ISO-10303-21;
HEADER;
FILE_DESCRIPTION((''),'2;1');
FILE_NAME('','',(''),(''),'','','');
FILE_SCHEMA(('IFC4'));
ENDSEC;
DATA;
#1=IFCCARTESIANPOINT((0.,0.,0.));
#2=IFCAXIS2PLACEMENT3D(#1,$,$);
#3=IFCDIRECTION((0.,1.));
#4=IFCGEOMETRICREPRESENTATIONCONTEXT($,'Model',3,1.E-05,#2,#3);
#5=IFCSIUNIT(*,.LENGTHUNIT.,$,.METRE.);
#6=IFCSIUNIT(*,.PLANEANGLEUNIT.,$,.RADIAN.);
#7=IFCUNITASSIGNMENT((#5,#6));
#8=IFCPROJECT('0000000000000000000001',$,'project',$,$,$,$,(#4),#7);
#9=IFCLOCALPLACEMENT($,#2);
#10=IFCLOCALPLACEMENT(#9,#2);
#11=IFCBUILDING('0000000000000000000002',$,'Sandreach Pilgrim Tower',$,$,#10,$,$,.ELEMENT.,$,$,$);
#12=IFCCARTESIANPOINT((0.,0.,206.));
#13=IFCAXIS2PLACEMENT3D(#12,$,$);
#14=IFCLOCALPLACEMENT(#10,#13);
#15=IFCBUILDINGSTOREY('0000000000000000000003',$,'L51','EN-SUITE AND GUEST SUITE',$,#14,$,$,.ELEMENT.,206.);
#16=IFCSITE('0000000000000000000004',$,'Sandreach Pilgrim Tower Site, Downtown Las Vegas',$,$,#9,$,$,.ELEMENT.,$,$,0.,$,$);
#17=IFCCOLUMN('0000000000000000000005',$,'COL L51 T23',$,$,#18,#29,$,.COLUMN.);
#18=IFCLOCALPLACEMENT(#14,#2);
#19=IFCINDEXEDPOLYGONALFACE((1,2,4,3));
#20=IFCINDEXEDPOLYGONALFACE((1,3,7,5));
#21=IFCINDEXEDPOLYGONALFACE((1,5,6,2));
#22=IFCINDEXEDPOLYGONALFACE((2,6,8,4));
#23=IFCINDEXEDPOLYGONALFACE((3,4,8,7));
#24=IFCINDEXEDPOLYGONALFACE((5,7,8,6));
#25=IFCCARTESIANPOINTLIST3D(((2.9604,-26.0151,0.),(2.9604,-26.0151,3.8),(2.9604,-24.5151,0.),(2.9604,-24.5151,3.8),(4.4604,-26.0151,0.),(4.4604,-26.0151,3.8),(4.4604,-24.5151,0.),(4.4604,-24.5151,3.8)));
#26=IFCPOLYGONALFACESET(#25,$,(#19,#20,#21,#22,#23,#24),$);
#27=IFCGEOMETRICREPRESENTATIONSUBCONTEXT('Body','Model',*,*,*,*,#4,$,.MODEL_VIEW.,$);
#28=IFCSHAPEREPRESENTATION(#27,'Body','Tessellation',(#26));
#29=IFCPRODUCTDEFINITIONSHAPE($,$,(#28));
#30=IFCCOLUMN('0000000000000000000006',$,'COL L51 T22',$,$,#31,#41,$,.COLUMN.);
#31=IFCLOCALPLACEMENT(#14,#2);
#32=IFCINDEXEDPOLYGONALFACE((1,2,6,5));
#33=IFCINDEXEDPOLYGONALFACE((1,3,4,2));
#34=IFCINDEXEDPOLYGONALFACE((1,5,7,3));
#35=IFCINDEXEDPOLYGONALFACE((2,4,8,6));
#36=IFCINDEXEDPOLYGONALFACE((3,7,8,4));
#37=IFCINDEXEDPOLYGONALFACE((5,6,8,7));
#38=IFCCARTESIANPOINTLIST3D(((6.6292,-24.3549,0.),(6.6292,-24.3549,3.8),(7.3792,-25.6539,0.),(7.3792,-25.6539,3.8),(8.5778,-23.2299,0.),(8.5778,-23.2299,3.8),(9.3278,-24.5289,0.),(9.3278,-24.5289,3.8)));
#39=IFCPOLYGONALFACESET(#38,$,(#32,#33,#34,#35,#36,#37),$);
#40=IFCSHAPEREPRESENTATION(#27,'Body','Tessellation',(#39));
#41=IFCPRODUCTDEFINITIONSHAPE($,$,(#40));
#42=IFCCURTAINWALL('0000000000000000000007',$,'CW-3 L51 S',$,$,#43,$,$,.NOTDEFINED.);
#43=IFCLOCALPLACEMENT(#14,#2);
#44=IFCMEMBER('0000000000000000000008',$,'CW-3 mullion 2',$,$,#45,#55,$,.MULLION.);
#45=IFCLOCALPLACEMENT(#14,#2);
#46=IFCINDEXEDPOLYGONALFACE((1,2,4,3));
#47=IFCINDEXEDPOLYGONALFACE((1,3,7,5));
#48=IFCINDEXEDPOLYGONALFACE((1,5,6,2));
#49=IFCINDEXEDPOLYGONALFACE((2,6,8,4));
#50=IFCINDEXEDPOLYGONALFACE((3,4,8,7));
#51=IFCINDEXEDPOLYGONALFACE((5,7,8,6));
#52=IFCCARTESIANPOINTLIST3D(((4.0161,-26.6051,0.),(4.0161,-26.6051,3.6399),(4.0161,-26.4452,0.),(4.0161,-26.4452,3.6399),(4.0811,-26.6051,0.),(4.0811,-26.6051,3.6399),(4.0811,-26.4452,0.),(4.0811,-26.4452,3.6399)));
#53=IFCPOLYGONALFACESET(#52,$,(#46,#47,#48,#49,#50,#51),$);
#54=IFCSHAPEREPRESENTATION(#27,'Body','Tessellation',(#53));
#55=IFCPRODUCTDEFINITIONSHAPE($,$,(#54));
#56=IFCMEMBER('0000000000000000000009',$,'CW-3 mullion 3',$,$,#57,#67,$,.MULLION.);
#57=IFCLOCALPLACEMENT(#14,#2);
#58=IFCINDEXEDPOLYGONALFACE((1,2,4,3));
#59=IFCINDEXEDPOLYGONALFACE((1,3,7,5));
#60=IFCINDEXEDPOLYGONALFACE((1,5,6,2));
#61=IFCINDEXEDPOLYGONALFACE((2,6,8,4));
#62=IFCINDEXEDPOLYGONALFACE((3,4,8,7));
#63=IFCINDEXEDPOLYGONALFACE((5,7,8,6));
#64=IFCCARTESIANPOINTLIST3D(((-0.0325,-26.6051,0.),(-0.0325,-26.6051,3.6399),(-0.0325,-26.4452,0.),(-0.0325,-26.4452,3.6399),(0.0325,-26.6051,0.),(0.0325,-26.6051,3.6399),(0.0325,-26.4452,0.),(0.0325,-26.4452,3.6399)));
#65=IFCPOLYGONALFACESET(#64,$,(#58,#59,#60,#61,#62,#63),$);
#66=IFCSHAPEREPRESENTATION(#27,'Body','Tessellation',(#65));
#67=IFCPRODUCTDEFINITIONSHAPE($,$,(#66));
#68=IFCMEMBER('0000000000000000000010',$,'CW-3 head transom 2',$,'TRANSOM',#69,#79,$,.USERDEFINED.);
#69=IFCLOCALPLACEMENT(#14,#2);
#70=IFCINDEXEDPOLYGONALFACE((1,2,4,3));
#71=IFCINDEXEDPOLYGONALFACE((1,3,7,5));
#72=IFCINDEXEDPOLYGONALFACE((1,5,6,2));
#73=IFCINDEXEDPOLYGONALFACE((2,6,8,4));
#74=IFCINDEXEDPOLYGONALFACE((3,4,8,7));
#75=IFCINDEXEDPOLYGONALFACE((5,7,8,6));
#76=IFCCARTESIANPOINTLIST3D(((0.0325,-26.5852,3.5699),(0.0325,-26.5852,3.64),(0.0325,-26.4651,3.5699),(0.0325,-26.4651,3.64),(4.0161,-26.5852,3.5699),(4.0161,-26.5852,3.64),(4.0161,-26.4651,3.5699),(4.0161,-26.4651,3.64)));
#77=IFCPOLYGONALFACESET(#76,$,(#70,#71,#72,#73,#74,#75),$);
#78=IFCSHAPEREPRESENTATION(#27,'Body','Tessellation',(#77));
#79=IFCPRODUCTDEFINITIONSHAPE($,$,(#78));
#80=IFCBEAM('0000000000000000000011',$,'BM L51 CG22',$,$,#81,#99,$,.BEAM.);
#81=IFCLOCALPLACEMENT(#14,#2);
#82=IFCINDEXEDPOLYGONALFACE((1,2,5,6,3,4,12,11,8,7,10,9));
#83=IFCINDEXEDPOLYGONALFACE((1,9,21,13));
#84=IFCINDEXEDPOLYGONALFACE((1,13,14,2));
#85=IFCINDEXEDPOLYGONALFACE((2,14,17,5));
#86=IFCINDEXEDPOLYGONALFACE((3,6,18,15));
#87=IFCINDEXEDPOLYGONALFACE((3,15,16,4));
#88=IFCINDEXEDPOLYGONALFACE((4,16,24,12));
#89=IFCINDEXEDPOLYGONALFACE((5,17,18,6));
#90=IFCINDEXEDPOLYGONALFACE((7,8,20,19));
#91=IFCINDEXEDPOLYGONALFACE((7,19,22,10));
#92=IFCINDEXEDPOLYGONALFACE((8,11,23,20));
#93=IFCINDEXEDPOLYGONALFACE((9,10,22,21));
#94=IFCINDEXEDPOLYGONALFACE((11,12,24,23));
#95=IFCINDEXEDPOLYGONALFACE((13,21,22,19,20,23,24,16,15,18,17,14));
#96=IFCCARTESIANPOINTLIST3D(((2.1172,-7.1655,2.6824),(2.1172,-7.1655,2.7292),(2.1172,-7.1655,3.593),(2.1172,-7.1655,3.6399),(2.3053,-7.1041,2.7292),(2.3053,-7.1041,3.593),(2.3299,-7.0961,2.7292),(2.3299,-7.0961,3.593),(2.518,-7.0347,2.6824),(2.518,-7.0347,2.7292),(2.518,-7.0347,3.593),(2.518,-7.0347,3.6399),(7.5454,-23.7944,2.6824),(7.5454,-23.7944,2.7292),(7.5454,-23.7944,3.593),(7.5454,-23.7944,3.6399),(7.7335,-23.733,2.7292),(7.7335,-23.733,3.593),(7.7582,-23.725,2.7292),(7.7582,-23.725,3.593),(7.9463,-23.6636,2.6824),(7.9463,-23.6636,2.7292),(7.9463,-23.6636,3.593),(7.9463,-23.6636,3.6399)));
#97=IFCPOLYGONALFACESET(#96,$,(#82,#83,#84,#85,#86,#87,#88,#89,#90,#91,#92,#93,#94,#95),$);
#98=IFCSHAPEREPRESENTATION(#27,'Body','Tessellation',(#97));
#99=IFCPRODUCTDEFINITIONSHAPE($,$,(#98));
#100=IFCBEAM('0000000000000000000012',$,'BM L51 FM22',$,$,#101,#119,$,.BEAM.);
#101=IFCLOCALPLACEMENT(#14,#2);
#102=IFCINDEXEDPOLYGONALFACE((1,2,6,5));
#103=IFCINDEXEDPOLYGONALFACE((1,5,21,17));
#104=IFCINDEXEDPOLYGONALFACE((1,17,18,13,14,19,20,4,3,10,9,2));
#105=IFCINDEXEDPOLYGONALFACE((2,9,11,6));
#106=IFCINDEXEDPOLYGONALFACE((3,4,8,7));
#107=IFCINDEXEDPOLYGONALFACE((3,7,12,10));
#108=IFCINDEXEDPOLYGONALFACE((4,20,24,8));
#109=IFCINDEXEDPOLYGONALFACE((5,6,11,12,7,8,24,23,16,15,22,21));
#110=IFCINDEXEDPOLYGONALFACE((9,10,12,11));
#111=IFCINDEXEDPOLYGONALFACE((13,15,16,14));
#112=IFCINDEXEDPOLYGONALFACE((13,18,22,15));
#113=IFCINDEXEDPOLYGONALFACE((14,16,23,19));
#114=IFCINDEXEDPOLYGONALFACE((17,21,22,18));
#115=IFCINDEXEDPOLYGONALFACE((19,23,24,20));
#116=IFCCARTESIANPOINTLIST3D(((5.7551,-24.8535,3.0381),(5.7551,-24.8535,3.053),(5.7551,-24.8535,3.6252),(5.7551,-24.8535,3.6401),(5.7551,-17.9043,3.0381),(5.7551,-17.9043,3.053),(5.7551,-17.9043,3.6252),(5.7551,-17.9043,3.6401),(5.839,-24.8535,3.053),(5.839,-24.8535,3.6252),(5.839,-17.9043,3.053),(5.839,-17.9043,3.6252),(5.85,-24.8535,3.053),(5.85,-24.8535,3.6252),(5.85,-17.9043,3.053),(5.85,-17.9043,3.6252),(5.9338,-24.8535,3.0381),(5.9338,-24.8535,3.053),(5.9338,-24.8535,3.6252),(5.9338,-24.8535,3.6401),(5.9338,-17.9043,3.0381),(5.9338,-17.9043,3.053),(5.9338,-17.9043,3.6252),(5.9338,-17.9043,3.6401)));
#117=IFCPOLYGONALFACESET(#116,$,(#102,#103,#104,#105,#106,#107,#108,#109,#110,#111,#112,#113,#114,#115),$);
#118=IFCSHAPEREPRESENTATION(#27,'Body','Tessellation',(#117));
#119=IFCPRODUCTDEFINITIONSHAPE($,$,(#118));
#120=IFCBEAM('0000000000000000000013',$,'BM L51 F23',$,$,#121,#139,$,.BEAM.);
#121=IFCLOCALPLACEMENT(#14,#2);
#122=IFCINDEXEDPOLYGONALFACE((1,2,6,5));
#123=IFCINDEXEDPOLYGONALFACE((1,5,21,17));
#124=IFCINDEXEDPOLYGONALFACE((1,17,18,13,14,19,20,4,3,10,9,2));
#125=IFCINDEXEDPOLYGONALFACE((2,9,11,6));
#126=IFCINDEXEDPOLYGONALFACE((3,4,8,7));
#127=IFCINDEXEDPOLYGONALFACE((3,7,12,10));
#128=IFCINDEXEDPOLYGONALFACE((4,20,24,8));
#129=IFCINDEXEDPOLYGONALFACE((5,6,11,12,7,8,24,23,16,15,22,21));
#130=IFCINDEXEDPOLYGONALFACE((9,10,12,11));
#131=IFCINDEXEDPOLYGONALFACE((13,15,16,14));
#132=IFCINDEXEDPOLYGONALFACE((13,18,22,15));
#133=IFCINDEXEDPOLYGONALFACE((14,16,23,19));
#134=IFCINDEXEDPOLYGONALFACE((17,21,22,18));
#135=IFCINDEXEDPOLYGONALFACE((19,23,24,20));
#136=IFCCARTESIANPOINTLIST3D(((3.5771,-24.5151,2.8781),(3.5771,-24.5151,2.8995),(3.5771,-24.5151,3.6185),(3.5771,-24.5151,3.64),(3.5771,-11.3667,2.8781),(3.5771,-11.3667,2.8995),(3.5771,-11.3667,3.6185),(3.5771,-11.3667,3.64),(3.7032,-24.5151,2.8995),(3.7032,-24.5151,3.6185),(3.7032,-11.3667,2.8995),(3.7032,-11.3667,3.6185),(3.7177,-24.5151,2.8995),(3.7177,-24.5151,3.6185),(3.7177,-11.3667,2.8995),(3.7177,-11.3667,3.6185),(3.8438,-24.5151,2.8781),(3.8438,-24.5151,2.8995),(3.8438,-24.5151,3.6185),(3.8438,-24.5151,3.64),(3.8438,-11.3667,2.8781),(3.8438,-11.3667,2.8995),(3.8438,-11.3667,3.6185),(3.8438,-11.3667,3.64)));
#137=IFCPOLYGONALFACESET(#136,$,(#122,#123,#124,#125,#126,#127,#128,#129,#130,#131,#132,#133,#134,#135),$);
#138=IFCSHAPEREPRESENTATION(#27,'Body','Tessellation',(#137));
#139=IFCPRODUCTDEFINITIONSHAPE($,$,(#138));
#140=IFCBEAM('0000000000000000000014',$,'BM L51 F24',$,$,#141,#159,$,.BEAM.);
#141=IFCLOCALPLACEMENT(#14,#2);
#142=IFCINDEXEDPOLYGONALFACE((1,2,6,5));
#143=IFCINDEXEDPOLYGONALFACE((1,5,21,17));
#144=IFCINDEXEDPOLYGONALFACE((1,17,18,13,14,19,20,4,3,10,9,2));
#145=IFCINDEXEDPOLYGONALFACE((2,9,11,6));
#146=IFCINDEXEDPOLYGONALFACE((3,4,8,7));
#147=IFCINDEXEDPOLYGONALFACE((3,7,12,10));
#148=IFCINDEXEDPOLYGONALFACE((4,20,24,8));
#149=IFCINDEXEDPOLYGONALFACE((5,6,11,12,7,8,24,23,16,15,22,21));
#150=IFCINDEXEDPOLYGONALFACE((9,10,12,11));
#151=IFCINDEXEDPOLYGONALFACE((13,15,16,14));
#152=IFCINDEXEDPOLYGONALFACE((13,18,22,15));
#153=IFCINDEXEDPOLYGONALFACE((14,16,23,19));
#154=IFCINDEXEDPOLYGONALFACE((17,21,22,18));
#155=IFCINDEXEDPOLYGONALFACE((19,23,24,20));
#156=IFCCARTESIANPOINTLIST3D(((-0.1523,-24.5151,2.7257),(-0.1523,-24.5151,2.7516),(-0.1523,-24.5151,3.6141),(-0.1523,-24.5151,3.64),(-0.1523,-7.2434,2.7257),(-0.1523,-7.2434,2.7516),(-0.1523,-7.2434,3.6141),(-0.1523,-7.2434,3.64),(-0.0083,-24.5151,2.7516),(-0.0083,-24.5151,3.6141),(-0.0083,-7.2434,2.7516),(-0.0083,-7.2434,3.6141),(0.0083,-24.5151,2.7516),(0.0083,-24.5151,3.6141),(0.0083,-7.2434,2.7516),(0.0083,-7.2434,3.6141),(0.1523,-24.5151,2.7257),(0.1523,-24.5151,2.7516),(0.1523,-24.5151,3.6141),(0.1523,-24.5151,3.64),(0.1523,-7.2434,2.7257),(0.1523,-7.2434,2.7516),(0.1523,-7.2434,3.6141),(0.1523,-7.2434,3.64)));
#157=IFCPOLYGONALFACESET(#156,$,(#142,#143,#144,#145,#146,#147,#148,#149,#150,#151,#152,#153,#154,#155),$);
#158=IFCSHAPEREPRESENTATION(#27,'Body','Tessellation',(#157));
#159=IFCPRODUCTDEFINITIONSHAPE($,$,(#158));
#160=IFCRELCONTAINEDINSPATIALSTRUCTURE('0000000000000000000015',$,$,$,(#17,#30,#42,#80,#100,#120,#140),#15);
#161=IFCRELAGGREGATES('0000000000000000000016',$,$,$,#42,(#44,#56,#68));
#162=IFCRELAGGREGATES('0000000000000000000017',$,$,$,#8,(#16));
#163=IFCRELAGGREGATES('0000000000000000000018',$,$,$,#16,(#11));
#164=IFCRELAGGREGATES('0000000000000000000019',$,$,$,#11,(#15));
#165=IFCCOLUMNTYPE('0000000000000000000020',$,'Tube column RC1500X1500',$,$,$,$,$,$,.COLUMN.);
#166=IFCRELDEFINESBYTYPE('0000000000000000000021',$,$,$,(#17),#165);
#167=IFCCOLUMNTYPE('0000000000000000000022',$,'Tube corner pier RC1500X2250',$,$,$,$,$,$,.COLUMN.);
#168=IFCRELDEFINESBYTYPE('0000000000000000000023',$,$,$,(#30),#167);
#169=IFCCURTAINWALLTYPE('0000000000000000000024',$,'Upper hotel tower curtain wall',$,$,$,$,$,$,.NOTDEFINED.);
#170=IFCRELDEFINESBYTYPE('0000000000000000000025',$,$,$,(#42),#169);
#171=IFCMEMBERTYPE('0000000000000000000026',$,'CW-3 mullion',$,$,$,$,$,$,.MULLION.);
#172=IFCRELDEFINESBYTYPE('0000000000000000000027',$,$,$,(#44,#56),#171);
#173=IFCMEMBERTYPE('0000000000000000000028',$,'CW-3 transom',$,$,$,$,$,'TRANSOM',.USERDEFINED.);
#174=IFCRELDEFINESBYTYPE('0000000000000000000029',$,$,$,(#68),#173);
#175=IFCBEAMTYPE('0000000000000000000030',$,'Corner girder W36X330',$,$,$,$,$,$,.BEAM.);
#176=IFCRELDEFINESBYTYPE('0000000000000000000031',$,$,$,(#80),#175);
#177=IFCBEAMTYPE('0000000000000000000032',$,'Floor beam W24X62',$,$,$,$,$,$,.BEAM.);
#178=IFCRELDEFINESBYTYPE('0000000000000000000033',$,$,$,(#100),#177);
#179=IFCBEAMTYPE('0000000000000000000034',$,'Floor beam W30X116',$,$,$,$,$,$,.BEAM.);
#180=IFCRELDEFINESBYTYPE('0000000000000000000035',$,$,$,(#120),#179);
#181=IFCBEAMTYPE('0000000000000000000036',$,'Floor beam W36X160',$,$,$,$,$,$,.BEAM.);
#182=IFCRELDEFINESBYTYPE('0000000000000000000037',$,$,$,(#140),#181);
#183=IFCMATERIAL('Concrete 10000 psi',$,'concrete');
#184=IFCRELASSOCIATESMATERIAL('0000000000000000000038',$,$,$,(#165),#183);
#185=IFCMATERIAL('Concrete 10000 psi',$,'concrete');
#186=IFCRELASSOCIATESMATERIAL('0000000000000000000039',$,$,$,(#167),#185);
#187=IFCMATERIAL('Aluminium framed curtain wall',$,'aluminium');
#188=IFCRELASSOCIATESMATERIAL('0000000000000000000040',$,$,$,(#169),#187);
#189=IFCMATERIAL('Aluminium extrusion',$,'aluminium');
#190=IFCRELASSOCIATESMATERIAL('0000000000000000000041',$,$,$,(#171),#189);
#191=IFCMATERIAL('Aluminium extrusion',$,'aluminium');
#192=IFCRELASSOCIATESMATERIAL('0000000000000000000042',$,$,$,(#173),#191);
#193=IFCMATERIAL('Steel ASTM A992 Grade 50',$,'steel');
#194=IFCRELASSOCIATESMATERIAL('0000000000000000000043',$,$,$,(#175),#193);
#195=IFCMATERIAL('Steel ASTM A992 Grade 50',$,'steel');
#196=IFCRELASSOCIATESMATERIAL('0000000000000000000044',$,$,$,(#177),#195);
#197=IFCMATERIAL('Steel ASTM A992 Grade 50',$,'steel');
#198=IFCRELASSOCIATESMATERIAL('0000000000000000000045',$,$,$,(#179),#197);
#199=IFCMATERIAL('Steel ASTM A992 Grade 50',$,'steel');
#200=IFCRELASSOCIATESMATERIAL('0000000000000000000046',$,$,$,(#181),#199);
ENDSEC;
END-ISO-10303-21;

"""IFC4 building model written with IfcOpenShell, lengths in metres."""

from ifc_helpers import new_model, si_unit, direction, frame, origin, origin_2d, place, context, subcontext, project, spatial, rectangle, i_section, extrude, material, material_profile, profile_set, type_object, element, aggregate, save


model = new_model("IFC4")

# Units and contexts
model_context = context("Model", 3, precision=1e-05, world=origin(), true_north=direction((0.0, 1.0)))
body_context = subcontext(model_context, "Body", "Model", "MODEL_VIEW")
ifc_project = project(units=[si_unit("LENGTHUNIT", "METRE"), si_unit("PLANEANGLEUNIT", "RADIAN")], contexts=[model_context])

# Site, building, storey
site_placement = place(None, origin())
site = spatial("IfcSite", under=ifc_project, at=site_placement, Name="Sandreach Pilgrim Tower Site, Downtown Las Vegas", CompositionType="ELEMENT", RefElevation=0.0)
building_placement = place(site_placement, origin())
building = spatial("IfcBuilding", under=site, at=building_placement, Name="Sandreach Pilgrim Tower", CompositionType="ELEMENT")
storey_placement = place(building_placement, frame((0.0, 0.0, 206.0)))
storey = spatial("IfcBuildingStorey", under=building, at=storey_placement, Name="L51", Description="EN-SUITE AND GUEST SUITE", CompositionType="ELEMENT", Elevation=206.0)

# Columns
ifc_material_1 = material(Name="Concrete 10000 psi", Category="concrete")
ifc_material_profile_1 = material_profile(ifc_material_1, rectangle(XDim=1.5, YDim=1.5, at=origin_2d()), Name="RC1500X1500")
ifc_profile_set_1 = profile_set([ifc_material_profile_1], Name="Concrete 10000 psi")
column_type_1 = type_object("IfcColumnType", Name="Tube column RC1500X1500", PredefinedType="COLUMN", material=ifc_profile_set_1)
column_1_placement = place(storey_placement, frame((3.7104, -25.2651, 0.0), z_axis=(0.0, 0.0, 1.0), x_axis=(0.0, -1.0, 0.0)))
element("IfcColumn", 1, at=column_1_placement, inside=storey, type_object=column_type_1, Name="COL L51 T23", PredefinedType="COLUMN", context=body_context, shape_type="SweptSolid", body=[
    extrude(rectangle(XDim=1.5, YDim=1.5, at=origin_2d()), origin(), (0.0, 0.0, 1.0), 3.8),
])
ifc_material_2 = material(Name="Concrete 10000 psi", Category="concrete")
ifc_material_profile_2 = material_profile(ifc_material_2, rectangle(XDim=1.5, YDim=2.25, at=origin_2d()), Name="RC1500X2250")
ifc_profile_set_2 = profile_set([ifc_material_profile_2], Name="Concrete 10000 psi")
column_type_2 = type_object("IfcColumnType", Name="Tube corner pier RC1500X2250", PredefinedType="COLUMN", material=ifc_profile_set_2)
column_2_placement = place(storey_placement, frame((7.9785, -24.4419, 0.0), z_axis=(0.0, 0.0, 1.0), x_axis=(0.5, -0.866025, 0.0)))
element("IfcColumn", 2, at=column_2_placement, inside=storey, type_object=column_type_2, Name="COL L51 T22", PredefinedType="COLUMN", context=body_context, shape_type="SweptSolid", body=[
    extrude(rectangle(XDim=1.5, YDim=2.25, at=origin_2d()), origin(), (0.0, 0.0, 1.0), 3.8),
])

# Curtain wall, members
ifc_material_3 = material(Name="Aluminium framed curtain wall", Category="aluminium")
curtain_wall_type = type_object("IfcCurtainWallType", Name="Upper hotel tower curtain wall", PredefinedType="NOTDEFINED", material=ifc_material_3)
curtain_wall_placement = place(storey_placement, origin())
curtain_wall = element("IfcCurtainWall", 3, at=curtain_wall_placement, inside=storey, type_object=curtain_wall_type, Name="CW-3 L51 S", PredefinedType="NOTDEFINED")
ifc_material_4 = material(Name="Aluminium extrusion", Category="aluminium")
ifc_material_profile_3 = material_profile(ifc_material_4, rectangle(XDim=0.0649, YDim=0.1599, at=origin_2d()), Name="CW-3M 65X160")
ifc_profile_set_3 = profile_set([ifc_material_profile_3], Name="Aluminium extrusion")
member_type_1 = type_object("IfcMemberType", Name="CW-3 mullion", PredefinedType="MULLION", material=ifc_profile_set_3)
member_1_placement = place(storey_placement, frame((4.0486, -26.5251, 0.0), z_axis=(0.0, 0.0, 1.0), x_axis=(-1.0, 0.0, 0.0)))
member_1 = element("IfcMember", 4, at=member_1_placement, type_object=member_type_1, Name="CW-3 mullion 2", PredefinedType="MULLION", context=body_context, shape_type="SweptSolid", body=[
    extrude(rectangle(XDim=0.0649, YDim=0.1599, at=origin_2d()), origin(), (0.0, 0.0, 1.0), 3.6399),
])
member_2_placement = place(storey_placement, frame((0.0, -26.5251, 0.0), z_axis=(0.0, 0.0, 1.0), x_axis=(-1.0, 0.0, 0.0)))
member_2 = element("IfcMember", 5, at=member_2_placement, type_object=member_type_1, Name="CW-3 mullion 3", PredefinedType="MULLION", context=body_context, shape_type="SweptSolid", body=[
    extrude(rectangle(XDim=0.0649, YDim=0.1599, at=origin_2d()), origin(), (0.0, 0.0, 1.0), 3.6399),
])
ifc_material_5 = material(Name="Aluminium extrusion", Category="aluminium")
ifc_material_profile_4 = material_profile(ifc_material_5, rectangle(XDim=0.1201, YDim=0.0701, at=origin_2d()), Name="CW-3T 120X70")
ifc_profile_set_4 = profile_set([ifc_material_profile_4], Name="Aluminium extrusion")
member_type_2 = type_object("IfcMemberType", Name="CW-3 transom", ElementType="TRANSOM", PredefinedType="USERDEFINED", material=ifc_profile_set_4)
member_3_placement = place(storey_placement, frame((4.0161, -26.5251, 3.605), z_axis=(-1.0, 0.0, 0.0), x_axis=(0.0, -1.0, 0.0)))
member_3 = element("IfcMember", 6, at=member_3_placement, type_object=member_type_2, Name="CW-3 head transom 2", ObjectType="TRANSOM", PredefinedType="USERDEFINED", context=body_context, shape_type="SweptSolid", body=[
    extrude(rectangle(XDim=0.1201, YDim=0.0701, at=origin_2d()), origin(), (0.0, 0.0, 1.0), 3.9836),
])

# Beams
ifc_material_6 = material(Name="Steel ASTM A992 Grade 50", Category="steel")
ifc_material_profile_5 = material_profile(ifc_material_6, i_section(OverallWidth=0.4216, OverallDepth=0.9575, WebThickness=0.0259, FlangeThickness=0.0469, at=origin_2d()), Name="W36X330")
ifc_profile_set_5 = profile_set([ifc_material_profile_5], Name="Steel ASTM A992 Grade 50")
beam_type_1 = type_object("IfcBeamType", Name="Corner girder W36X330", PredefinedType="BEAM", material=ifc_profile_set_5)
beam_1_placement = place(storey_placement, frame((7.7458, -23.729, 3.1611), z_axis=(-0.310318, 0.950633, 0.0), x_axis=(-0.950633, -0.310318, 0.0)))
element("IfcBeam", 7, at=beam_1_placement, inside=storey, type_object=beam_type_1, Name="BM L51 CG22", PredefinedType="BEAM", context=body_context, shape_type="SweptSolid", body=[
    extrude(i_section(OverallWidth=0.4216, OverallDepth=0.9575, WebThickness=0.0259, FlangeThickness=0.0469, at=origin_2d()), origin(), (0.0, 0.0, 1.0), 17.4924),
])
ifc_material_7 = material(Name="Steel ASTM A992 Grade 50", Category="steel")
ifc_material_profile_6 = material_profile(ifc_material_7, i_section(OverallWidth=0.1787, OverallDepth=0.6021, WebThickness=0.011, FlangeThickness=0.0149, at=origin_2d()), Name="W24X62")
ifc_profile_set_6 = profile_set([ifc_material_profile_6], Name="Steel ASTM A992 Grade 50")
beam_type_2 = type_object("IfcBeamType", Name="Floor beam W24X62", PredefinedType="BEAM", material=ifc_profile_set_6)
beam_2_placement = place(storey_placement, frame((5.8445, -24.8535, 3.3391), z_axis=(0.0, 1.0, 0.0), x_axis=(-1.0, 0.0, 0.0)))
element("IfcBeam", 8, at=beam_2_placement, inside=storey, type_object=beam_type_2, Name="BM L51 FM22", PredefinedType="BEAM", context=body_context, shape_type="SweptSolid", body=[
    extrude(i_section(OverallWidth=0.1787, OverallDepth=0.6021, WebThickness=0.011, FlangeThickness=0.0149, at=origin_2d()), origin(), (0.0, 0.0, 1.0), 6.9492),
])
ifc_material_8 = material(Name="Steel ASTM A992 Grade 50", Category="steel")
ifc_material_profile_7 = material_profile(ifc_material_8, i_section(OverallWidth=0.2666, OverallDepth=0.762, WebThickness=0.0144, FlangeThickness=0.0215, at=origin_2d()), Name="W30X116")
ifc_profile_set_7 = profile_set([ifc_material_profile_7], Name="Steel ASTM A992 Grade 50")
beam_type_3 = type_object("IfcBeamType", Name="Floor beam W30X116", PredefinedType="BEAM", material=ifc_profile_set_7)
beam_3_placement = place(storey_placement, frame((3.7104, -24.5151, 3.259), z_axis=(0.0, 1.0, 0.0), x_axis=(-1.0, 0.0, 0.0)))
element("IfcBeam", 9, at=beam_3_placement, inside=storey, type_object=beam_type_3, Name="BM L51 F23", PredefinedType="BEAM", context=body_context, shape_type="SweptSolid", body=[
    extrude(i_section(OverallWidth=0.2666, OverallDepth=0.762, WebThickness=0.0144, FlangeThickness=0.0215, at=origin_2d()), origin(), (0.0, 0.0, 1.0), 13.1484),
])
ifc_material_9 = material(Name="Steel ASTM A992 Grade 50", Category="steel")
ifc_material_profile_8 = material_profile(ifc_material_9, i_section(OverallWidth=0.3047, OverallDepth=0.9143, WebThickness=0.0166, FlangeThickness=0.0259, at=origin_2d()), Name="W36X160")
ifc_profile_set_8 = profile_set([ifc_material_profile_8], Name="Steel ASTM A992 Grade 50")
beam_type_4 = type_object("IfcBeamType", Name="Floor beam W36X160", PredefinedType="BEAM", material=ifc_profile_set_8)
beam_4_placement = place(storey_placement, frame((0.0, -24.5151, 3.1829), z_axis=(0.0, 1.0, 0.0), x_axis=(-1.0, 0.0, 0.0)))
element("IfcBeam", 10, at=beam_4_placement, inside=storey, type_object=beam_type_4, Name="BM L51 F24", PredefinedType="BEAM", context=body_context, shape_type="SweptSolid", body=[
    extrude(i_section(OverallWidth=0.3047, OverallDepth=0.9143, WebThickness=0.0166, FlangeThickness=0.0259, at=origin_2d()), origin(), (0.0, 0.0, 1.0), 17.2717),
])

aggregate(curtain_wall, [member_1, member_2, member_3])

save(model, "model.ifc")
